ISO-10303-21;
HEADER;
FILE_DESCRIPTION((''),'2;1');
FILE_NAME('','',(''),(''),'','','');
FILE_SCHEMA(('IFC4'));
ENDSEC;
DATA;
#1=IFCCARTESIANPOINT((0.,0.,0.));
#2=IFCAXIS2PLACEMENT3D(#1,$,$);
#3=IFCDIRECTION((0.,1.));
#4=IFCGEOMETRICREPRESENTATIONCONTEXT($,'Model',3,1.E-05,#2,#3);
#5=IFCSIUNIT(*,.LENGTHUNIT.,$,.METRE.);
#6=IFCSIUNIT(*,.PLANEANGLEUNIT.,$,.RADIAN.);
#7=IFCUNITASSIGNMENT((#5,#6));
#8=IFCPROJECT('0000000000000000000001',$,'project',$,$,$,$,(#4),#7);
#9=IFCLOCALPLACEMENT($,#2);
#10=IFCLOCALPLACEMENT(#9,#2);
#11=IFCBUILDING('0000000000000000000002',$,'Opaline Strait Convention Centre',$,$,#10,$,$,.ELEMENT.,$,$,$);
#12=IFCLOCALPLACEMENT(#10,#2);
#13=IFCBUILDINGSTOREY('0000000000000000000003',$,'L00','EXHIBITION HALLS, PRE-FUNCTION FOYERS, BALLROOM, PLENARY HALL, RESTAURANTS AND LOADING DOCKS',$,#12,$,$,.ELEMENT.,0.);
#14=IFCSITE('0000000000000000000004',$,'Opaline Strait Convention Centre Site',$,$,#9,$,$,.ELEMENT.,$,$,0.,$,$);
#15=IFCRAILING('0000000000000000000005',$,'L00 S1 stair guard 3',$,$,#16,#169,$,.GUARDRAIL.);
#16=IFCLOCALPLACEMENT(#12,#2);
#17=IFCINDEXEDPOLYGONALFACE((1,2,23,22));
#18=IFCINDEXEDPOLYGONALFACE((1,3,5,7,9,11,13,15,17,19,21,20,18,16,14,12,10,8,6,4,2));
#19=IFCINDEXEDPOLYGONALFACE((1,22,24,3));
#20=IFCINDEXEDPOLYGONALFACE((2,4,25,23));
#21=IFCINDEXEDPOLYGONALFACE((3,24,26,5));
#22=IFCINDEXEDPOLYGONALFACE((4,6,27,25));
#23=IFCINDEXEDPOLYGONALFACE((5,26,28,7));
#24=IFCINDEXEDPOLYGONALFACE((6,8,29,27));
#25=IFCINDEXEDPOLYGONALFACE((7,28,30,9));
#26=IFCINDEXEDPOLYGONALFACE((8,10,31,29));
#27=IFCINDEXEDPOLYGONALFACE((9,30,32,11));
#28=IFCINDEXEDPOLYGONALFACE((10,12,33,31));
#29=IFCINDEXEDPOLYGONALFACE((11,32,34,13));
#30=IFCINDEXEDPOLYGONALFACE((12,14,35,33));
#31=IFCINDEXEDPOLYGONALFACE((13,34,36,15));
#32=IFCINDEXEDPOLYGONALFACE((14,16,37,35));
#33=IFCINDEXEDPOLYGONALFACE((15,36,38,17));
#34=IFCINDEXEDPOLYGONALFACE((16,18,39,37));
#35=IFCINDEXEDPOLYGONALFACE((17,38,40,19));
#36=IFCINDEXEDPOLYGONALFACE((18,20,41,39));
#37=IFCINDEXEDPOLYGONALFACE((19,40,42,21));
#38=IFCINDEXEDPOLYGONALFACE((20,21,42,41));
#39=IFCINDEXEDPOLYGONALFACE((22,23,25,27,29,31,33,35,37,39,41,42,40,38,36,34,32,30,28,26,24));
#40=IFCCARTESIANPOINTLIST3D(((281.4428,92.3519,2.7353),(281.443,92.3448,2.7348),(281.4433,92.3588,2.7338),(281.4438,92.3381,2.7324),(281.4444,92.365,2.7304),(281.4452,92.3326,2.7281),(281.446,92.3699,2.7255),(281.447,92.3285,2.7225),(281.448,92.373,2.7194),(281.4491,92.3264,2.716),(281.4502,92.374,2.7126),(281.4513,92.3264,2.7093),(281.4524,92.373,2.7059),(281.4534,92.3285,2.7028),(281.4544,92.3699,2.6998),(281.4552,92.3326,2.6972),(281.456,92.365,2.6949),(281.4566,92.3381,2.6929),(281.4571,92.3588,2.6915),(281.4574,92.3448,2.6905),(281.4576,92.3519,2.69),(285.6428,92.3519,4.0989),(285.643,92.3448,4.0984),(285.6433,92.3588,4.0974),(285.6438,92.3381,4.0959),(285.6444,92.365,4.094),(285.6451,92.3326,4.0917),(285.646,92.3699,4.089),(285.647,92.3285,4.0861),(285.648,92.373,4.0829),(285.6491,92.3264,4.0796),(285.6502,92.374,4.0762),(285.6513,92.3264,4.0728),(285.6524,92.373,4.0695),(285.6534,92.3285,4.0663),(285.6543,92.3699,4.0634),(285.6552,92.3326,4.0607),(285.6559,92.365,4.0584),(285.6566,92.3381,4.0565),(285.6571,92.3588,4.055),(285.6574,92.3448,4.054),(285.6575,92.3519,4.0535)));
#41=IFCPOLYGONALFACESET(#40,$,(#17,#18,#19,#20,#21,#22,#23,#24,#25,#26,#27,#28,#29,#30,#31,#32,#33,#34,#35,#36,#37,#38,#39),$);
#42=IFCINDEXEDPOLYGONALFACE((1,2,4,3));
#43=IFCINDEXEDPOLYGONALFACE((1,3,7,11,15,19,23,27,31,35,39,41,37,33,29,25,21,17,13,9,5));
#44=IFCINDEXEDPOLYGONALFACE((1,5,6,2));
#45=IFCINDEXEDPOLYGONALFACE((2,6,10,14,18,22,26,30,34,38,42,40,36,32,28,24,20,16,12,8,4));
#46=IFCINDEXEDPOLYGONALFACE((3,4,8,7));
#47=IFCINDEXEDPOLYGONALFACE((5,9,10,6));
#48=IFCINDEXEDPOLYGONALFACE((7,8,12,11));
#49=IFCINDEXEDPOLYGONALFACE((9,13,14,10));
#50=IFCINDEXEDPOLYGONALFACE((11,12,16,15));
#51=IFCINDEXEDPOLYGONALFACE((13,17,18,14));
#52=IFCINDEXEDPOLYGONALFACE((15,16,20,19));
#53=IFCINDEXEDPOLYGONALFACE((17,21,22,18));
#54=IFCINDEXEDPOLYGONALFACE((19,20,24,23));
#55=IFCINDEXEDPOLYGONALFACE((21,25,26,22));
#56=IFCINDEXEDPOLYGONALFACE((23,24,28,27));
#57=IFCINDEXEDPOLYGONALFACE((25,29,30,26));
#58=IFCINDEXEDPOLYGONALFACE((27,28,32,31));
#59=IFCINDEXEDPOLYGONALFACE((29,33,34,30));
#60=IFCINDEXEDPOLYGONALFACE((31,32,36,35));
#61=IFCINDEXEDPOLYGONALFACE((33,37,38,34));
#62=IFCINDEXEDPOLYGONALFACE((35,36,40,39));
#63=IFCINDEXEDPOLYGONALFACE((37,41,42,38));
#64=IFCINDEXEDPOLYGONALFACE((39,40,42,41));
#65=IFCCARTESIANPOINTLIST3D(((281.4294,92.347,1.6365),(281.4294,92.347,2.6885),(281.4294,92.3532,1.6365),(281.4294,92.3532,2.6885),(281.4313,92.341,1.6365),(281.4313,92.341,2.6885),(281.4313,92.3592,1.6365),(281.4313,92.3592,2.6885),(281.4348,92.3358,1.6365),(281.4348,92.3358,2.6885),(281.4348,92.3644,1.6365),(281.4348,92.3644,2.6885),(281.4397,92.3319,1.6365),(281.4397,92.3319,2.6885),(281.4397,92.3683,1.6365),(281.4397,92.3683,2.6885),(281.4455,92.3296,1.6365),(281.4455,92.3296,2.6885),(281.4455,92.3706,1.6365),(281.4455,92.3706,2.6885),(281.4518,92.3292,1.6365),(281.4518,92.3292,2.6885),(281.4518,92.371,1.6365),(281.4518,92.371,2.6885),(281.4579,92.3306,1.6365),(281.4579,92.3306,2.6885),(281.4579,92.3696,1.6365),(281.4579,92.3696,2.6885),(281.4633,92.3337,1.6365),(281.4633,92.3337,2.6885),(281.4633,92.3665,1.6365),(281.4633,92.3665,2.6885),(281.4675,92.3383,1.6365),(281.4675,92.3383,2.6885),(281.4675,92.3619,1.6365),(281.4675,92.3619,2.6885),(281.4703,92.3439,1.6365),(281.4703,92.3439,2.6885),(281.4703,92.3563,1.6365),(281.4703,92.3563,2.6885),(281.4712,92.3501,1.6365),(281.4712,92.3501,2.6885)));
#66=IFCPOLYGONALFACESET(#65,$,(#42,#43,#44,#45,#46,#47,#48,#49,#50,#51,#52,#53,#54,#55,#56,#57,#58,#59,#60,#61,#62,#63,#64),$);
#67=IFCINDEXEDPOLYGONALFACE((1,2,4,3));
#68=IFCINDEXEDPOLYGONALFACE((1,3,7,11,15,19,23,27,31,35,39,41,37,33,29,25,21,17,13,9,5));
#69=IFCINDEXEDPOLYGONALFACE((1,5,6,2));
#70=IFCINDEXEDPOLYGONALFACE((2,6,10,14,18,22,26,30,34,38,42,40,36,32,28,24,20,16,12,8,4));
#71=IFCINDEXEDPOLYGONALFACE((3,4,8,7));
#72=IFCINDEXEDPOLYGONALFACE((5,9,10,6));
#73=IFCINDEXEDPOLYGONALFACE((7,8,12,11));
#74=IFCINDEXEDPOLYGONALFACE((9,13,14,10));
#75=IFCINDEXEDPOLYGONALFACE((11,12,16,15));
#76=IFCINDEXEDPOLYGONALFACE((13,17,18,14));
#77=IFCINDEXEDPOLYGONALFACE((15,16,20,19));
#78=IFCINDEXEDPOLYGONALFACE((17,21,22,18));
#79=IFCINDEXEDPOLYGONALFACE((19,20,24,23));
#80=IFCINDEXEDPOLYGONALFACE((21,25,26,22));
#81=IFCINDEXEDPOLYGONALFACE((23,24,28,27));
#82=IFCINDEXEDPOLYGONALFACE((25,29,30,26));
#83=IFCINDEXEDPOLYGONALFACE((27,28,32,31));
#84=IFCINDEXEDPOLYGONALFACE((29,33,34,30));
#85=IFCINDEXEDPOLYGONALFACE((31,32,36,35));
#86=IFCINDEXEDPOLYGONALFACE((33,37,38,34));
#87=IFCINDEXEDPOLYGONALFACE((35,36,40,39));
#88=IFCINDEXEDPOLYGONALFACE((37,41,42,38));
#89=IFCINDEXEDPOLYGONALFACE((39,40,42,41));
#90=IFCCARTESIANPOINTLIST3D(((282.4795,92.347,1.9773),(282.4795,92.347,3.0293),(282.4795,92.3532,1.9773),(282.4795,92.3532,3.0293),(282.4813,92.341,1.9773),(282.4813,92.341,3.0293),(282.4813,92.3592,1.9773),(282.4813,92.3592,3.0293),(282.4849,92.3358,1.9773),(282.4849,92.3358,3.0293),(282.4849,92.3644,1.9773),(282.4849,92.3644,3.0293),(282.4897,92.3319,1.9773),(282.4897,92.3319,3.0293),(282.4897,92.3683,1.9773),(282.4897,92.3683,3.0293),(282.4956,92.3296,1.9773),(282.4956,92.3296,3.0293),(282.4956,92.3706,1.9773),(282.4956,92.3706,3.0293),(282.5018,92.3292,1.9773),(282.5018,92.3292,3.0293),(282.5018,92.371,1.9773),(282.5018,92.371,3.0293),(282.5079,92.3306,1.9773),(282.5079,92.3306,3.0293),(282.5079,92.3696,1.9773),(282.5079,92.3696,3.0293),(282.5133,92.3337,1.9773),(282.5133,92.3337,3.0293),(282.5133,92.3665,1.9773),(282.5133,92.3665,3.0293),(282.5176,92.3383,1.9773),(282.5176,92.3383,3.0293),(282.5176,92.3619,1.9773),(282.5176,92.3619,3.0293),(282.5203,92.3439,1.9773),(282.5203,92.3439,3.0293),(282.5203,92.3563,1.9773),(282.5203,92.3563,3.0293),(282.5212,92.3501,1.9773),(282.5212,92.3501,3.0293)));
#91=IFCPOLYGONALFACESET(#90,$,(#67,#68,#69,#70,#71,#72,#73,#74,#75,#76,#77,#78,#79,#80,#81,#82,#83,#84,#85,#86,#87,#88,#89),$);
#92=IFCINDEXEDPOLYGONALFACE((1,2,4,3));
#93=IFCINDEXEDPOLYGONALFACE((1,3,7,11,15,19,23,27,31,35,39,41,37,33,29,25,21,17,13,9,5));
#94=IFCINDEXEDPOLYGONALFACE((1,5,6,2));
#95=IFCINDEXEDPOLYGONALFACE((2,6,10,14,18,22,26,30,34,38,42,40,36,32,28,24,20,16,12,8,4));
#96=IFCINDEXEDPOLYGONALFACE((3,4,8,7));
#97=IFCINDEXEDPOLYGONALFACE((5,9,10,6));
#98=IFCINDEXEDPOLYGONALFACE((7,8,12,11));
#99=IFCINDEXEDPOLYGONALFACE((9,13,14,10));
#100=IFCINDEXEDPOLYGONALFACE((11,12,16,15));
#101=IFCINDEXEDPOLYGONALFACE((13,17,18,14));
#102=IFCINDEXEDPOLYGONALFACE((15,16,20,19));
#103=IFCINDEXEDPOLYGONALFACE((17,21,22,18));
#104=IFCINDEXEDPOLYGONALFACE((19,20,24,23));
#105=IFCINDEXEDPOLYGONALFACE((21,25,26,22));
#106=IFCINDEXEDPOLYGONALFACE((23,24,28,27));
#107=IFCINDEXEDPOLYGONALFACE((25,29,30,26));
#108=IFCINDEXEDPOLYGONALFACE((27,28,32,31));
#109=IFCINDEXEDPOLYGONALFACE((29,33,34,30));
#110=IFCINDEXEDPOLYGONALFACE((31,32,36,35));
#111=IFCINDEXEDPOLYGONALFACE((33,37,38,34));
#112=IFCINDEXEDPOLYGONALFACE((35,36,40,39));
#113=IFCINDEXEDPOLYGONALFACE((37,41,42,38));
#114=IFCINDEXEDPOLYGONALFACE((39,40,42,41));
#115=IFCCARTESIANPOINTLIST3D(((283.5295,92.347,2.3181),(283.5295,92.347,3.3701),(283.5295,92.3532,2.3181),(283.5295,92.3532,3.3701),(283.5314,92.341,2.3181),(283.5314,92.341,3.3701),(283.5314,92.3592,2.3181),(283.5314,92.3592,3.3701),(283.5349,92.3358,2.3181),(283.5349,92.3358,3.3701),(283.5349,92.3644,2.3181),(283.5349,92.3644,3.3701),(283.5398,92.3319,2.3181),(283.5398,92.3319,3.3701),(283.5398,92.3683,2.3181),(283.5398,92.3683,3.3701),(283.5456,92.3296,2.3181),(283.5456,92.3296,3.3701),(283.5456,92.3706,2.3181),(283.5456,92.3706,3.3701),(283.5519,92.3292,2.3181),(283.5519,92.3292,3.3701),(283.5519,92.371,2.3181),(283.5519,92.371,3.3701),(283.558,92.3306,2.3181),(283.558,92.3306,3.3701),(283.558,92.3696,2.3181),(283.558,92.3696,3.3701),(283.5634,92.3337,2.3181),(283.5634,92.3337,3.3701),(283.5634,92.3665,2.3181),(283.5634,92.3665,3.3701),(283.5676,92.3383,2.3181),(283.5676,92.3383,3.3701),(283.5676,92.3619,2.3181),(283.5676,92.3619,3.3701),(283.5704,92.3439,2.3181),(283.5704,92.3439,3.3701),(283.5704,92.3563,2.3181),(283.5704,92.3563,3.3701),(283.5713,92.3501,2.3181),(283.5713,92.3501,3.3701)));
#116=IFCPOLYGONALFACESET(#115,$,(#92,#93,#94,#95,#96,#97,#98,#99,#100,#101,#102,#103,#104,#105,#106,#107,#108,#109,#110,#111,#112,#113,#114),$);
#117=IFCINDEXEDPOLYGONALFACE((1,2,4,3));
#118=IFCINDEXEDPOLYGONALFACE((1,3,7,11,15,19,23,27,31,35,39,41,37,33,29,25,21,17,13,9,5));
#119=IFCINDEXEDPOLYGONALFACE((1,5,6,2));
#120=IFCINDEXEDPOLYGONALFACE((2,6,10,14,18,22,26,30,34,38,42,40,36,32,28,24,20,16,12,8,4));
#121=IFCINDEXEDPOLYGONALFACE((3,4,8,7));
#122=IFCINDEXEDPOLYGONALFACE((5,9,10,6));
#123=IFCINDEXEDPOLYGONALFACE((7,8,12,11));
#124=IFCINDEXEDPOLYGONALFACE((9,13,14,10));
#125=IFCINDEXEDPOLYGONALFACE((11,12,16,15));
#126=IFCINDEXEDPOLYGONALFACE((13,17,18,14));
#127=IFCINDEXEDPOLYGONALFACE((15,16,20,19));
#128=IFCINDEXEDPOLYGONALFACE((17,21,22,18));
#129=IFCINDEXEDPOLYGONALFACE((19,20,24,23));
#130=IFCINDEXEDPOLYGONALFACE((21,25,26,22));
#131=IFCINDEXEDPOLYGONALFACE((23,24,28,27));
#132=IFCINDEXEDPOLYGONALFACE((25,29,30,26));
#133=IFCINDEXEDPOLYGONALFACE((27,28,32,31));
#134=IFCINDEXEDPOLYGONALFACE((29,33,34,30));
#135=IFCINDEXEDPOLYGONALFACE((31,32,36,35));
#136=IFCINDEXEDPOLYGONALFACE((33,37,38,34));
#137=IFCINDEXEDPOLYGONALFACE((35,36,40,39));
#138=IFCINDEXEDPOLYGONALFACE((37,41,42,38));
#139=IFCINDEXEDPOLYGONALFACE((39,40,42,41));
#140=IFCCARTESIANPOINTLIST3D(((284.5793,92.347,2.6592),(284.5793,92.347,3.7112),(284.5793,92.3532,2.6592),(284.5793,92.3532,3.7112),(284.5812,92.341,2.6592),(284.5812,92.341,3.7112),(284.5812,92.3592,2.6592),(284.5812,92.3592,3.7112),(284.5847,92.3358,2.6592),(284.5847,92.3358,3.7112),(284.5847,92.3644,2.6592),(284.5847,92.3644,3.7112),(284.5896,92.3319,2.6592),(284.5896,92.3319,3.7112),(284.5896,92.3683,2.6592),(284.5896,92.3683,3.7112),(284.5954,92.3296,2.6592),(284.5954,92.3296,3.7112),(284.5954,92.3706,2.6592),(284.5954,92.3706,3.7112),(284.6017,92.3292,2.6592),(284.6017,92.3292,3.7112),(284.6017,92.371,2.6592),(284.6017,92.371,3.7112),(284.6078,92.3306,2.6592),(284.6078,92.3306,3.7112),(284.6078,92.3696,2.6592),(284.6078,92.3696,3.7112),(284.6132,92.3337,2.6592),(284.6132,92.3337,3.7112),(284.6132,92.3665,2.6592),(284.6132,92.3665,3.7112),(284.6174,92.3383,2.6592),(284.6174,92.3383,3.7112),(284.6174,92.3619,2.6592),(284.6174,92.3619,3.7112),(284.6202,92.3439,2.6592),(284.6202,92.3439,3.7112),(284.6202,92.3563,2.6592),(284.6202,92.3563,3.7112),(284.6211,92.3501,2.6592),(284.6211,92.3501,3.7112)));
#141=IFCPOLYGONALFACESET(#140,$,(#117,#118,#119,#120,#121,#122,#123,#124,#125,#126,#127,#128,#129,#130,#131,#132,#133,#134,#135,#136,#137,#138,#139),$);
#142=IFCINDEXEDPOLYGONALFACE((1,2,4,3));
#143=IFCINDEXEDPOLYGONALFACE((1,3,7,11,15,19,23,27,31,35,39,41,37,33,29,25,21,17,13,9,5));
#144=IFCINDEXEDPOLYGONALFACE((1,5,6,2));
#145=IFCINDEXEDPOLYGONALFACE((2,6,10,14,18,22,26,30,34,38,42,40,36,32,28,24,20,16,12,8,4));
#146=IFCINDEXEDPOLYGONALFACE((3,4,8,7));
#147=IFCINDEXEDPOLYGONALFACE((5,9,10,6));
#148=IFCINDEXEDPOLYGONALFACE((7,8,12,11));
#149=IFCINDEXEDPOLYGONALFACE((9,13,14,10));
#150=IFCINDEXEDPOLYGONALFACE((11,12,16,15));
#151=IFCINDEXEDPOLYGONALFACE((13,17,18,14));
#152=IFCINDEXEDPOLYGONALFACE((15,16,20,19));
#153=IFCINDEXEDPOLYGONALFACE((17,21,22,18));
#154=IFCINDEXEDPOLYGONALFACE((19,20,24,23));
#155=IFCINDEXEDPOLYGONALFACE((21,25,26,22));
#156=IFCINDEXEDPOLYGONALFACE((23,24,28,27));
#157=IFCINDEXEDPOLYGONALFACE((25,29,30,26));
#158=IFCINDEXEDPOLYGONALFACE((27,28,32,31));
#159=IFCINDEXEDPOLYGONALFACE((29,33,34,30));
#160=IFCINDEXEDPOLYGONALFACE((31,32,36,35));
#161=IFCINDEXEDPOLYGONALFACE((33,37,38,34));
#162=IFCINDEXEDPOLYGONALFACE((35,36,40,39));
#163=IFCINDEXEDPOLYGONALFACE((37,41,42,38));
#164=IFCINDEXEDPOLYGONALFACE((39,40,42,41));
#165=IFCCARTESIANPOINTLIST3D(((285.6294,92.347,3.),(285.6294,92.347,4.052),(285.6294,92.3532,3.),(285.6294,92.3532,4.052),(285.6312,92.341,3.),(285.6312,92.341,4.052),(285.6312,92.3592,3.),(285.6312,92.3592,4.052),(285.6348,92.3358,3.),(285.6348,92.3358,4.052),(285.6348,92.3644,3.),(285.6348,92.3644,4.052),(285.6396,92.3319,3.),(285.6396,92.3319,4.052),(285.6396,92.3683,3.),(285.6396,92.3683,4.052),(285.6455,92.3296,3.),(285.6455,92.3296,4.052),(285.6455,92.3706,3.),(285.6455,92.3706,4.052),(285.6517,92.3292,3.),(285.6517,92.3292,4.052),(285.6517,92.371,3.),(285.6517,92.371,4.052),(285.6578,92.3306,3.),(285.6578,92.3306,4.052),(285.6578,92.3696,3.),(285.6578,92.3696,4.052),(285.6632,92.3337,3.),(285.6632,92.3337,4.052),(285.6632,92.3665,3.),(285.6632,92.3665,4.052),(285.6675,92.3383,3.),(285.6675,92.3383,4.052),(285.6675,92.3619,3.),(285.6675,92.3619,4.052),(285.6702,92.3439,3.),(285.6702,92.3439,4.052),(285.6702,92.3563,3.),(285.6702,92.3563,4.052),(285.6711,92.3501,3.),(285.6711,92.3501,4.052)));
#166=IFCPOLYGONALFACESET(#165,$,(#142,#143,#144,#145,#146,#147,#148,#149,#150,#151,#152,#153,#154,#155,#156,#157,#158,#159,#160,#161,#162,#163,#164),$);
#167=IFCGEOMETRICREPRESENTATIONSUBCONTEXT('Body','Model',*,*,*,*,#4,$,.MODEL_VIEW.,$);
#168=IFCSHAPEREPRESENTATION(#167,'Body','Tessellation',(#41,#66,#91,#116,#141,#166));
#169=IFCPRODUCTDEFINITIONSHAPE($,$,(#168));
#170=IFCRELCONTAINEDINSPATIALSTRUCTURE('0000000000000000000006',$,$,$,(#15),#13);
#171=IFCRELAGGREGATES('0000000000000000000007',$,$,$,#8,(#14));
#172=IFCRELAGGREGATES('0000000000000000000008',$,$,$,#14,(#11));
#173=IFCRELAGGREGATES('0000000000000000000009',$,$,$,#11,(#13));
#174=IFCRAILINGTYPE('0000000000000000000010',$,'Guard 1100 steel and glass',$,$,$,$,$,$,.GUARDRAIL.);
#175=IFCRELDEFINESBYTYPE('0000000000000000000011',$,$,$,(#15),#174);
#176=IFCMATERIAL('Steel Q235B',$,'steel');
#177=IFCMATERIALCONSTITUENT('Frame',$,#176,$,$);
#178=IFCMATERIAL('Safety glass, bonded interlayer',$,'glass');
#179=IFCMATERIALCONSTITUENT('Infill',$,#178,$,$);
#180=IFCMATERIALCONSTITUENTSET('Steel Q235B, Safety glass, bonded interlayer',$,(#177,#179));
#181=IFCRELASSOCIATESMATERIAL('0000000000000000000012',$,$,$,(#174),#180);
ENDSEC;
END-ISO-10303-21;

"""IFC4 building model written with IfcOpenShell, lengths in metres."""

from ifc_helpers import new_model, si_unit, direction, frame, origin, origin_2d, place, context, subcontext, project, spatial, circle, extrude, material, constituent, constituent_set, type_object, element, save


model = new_model("IFC4")

# Units and contexts
model_context = context("Model", 3, precision=1e-05, world=origin(), true_north=direction((0.0, 1.0)))
body_context = subcontext(model_context, "Body", "Model", "MODEL_VIEW")
ifc_project = project(units=[si_unit("LENGTHUNIT", "METRE"), si_unit("PLANEANGLEUNIT", "RADIAN")], contexts=[model_context])

# Site, building, storey
site_placement = place(None, origin())
site = spatial("IfcSite", under=ifc_project, at=site_placement, Name="Opaline Strait Convention Centre Site", CompositionType="ELEMENT", RefElevation=0.0)
building_placement = place(site_placement, origin())
building = spatial("IfcBuilding", under=site, at=building_placement, Name="Opaline Strait Convention Centre", CompositionType="ELEMENT")
storey_placement = place(building_placement, origin())
storey = spatial("IfcBuildingStorey", under=building, at=storey_placement, Name="L00", Description="EXHIBITION HALLS, PRE-FUNCTION FOYERS, BALLROOM, PLENARY HALL, RESTAURANTS AND LOADING DOCKS", CompositionType="ELEMENT", Elevation=0.0)

# Railing
ifc_material_1 = material(Name="Steel Q235B", Category="steel")
ifc_constituent_1 = constituent(ifc_material_1, Name="Frame")
ifc_material_2 = material(Name="Safety glass, bonded interlayer", Category="glass")
ifc_constituent_2 = constituent(ifc_material_2, Name="Infill")
ifc_constituent_set = constituent_set(constituents=[ifc_constituent_1, ifc_constituent_2], Name="Steel Q235B, Safety glass, bonded interlayer")
railing_type_1 = type_object("IfcRailingType", Name="Guard 1100 steel and glass", PredefinedType="GUARDRAIL", material=ifc_constituent_set)
railing_1_placement = place(storey_placement, frame((281.4502, 92.3501, 1.6365)))
element("IfcRailing", 1, at=railing_1_placement, inside=storey, type_object=railing_type_1, Name="L00 S1 stair guard 3", PredefinedType="GUARDRAIL", context=body_context, shape_type="SweptSolid", body=[
    extrude(circle(Radius=0.0239, at=origin_2d()), frame((0.0, 0.0, 1.0762), z_axis=(0.951131, 0.0, 0.308787), x_axis=(0.0, 1.0, 0.0)), (0.0, 0.0, 1.0), 4.4158),
    extrude(circle(Radius=0.021, at=origin_2d()), origin(), (0.0, 0.0, 1.0), 1.052),
    extrude(circle(Radius=0.021, at=origin_2d()), frame((1.05, 0.0, 0.3408)), (0.0, 0.0, 1.0), 1.052),
    extrude(circle(Radius=0.021, at=origin_2d()), frame((2.1001, 0.0, 0.6816)), (0.0, 0.0, 1.0), 1.052),
    extrude(circle(Radius=0.021, at=origin_2d()), frame((3.1499, 0.0, 1.0227)), (0.0, 0.0, 1.0), 1.052),
    extrude(circle(Radius=0.021, at=origin_2d()), frame((4.2, 0.0, 1.3635)), (0.0, 0.0, 1.0), 1.052),
])

save(model, "model.ifc")
